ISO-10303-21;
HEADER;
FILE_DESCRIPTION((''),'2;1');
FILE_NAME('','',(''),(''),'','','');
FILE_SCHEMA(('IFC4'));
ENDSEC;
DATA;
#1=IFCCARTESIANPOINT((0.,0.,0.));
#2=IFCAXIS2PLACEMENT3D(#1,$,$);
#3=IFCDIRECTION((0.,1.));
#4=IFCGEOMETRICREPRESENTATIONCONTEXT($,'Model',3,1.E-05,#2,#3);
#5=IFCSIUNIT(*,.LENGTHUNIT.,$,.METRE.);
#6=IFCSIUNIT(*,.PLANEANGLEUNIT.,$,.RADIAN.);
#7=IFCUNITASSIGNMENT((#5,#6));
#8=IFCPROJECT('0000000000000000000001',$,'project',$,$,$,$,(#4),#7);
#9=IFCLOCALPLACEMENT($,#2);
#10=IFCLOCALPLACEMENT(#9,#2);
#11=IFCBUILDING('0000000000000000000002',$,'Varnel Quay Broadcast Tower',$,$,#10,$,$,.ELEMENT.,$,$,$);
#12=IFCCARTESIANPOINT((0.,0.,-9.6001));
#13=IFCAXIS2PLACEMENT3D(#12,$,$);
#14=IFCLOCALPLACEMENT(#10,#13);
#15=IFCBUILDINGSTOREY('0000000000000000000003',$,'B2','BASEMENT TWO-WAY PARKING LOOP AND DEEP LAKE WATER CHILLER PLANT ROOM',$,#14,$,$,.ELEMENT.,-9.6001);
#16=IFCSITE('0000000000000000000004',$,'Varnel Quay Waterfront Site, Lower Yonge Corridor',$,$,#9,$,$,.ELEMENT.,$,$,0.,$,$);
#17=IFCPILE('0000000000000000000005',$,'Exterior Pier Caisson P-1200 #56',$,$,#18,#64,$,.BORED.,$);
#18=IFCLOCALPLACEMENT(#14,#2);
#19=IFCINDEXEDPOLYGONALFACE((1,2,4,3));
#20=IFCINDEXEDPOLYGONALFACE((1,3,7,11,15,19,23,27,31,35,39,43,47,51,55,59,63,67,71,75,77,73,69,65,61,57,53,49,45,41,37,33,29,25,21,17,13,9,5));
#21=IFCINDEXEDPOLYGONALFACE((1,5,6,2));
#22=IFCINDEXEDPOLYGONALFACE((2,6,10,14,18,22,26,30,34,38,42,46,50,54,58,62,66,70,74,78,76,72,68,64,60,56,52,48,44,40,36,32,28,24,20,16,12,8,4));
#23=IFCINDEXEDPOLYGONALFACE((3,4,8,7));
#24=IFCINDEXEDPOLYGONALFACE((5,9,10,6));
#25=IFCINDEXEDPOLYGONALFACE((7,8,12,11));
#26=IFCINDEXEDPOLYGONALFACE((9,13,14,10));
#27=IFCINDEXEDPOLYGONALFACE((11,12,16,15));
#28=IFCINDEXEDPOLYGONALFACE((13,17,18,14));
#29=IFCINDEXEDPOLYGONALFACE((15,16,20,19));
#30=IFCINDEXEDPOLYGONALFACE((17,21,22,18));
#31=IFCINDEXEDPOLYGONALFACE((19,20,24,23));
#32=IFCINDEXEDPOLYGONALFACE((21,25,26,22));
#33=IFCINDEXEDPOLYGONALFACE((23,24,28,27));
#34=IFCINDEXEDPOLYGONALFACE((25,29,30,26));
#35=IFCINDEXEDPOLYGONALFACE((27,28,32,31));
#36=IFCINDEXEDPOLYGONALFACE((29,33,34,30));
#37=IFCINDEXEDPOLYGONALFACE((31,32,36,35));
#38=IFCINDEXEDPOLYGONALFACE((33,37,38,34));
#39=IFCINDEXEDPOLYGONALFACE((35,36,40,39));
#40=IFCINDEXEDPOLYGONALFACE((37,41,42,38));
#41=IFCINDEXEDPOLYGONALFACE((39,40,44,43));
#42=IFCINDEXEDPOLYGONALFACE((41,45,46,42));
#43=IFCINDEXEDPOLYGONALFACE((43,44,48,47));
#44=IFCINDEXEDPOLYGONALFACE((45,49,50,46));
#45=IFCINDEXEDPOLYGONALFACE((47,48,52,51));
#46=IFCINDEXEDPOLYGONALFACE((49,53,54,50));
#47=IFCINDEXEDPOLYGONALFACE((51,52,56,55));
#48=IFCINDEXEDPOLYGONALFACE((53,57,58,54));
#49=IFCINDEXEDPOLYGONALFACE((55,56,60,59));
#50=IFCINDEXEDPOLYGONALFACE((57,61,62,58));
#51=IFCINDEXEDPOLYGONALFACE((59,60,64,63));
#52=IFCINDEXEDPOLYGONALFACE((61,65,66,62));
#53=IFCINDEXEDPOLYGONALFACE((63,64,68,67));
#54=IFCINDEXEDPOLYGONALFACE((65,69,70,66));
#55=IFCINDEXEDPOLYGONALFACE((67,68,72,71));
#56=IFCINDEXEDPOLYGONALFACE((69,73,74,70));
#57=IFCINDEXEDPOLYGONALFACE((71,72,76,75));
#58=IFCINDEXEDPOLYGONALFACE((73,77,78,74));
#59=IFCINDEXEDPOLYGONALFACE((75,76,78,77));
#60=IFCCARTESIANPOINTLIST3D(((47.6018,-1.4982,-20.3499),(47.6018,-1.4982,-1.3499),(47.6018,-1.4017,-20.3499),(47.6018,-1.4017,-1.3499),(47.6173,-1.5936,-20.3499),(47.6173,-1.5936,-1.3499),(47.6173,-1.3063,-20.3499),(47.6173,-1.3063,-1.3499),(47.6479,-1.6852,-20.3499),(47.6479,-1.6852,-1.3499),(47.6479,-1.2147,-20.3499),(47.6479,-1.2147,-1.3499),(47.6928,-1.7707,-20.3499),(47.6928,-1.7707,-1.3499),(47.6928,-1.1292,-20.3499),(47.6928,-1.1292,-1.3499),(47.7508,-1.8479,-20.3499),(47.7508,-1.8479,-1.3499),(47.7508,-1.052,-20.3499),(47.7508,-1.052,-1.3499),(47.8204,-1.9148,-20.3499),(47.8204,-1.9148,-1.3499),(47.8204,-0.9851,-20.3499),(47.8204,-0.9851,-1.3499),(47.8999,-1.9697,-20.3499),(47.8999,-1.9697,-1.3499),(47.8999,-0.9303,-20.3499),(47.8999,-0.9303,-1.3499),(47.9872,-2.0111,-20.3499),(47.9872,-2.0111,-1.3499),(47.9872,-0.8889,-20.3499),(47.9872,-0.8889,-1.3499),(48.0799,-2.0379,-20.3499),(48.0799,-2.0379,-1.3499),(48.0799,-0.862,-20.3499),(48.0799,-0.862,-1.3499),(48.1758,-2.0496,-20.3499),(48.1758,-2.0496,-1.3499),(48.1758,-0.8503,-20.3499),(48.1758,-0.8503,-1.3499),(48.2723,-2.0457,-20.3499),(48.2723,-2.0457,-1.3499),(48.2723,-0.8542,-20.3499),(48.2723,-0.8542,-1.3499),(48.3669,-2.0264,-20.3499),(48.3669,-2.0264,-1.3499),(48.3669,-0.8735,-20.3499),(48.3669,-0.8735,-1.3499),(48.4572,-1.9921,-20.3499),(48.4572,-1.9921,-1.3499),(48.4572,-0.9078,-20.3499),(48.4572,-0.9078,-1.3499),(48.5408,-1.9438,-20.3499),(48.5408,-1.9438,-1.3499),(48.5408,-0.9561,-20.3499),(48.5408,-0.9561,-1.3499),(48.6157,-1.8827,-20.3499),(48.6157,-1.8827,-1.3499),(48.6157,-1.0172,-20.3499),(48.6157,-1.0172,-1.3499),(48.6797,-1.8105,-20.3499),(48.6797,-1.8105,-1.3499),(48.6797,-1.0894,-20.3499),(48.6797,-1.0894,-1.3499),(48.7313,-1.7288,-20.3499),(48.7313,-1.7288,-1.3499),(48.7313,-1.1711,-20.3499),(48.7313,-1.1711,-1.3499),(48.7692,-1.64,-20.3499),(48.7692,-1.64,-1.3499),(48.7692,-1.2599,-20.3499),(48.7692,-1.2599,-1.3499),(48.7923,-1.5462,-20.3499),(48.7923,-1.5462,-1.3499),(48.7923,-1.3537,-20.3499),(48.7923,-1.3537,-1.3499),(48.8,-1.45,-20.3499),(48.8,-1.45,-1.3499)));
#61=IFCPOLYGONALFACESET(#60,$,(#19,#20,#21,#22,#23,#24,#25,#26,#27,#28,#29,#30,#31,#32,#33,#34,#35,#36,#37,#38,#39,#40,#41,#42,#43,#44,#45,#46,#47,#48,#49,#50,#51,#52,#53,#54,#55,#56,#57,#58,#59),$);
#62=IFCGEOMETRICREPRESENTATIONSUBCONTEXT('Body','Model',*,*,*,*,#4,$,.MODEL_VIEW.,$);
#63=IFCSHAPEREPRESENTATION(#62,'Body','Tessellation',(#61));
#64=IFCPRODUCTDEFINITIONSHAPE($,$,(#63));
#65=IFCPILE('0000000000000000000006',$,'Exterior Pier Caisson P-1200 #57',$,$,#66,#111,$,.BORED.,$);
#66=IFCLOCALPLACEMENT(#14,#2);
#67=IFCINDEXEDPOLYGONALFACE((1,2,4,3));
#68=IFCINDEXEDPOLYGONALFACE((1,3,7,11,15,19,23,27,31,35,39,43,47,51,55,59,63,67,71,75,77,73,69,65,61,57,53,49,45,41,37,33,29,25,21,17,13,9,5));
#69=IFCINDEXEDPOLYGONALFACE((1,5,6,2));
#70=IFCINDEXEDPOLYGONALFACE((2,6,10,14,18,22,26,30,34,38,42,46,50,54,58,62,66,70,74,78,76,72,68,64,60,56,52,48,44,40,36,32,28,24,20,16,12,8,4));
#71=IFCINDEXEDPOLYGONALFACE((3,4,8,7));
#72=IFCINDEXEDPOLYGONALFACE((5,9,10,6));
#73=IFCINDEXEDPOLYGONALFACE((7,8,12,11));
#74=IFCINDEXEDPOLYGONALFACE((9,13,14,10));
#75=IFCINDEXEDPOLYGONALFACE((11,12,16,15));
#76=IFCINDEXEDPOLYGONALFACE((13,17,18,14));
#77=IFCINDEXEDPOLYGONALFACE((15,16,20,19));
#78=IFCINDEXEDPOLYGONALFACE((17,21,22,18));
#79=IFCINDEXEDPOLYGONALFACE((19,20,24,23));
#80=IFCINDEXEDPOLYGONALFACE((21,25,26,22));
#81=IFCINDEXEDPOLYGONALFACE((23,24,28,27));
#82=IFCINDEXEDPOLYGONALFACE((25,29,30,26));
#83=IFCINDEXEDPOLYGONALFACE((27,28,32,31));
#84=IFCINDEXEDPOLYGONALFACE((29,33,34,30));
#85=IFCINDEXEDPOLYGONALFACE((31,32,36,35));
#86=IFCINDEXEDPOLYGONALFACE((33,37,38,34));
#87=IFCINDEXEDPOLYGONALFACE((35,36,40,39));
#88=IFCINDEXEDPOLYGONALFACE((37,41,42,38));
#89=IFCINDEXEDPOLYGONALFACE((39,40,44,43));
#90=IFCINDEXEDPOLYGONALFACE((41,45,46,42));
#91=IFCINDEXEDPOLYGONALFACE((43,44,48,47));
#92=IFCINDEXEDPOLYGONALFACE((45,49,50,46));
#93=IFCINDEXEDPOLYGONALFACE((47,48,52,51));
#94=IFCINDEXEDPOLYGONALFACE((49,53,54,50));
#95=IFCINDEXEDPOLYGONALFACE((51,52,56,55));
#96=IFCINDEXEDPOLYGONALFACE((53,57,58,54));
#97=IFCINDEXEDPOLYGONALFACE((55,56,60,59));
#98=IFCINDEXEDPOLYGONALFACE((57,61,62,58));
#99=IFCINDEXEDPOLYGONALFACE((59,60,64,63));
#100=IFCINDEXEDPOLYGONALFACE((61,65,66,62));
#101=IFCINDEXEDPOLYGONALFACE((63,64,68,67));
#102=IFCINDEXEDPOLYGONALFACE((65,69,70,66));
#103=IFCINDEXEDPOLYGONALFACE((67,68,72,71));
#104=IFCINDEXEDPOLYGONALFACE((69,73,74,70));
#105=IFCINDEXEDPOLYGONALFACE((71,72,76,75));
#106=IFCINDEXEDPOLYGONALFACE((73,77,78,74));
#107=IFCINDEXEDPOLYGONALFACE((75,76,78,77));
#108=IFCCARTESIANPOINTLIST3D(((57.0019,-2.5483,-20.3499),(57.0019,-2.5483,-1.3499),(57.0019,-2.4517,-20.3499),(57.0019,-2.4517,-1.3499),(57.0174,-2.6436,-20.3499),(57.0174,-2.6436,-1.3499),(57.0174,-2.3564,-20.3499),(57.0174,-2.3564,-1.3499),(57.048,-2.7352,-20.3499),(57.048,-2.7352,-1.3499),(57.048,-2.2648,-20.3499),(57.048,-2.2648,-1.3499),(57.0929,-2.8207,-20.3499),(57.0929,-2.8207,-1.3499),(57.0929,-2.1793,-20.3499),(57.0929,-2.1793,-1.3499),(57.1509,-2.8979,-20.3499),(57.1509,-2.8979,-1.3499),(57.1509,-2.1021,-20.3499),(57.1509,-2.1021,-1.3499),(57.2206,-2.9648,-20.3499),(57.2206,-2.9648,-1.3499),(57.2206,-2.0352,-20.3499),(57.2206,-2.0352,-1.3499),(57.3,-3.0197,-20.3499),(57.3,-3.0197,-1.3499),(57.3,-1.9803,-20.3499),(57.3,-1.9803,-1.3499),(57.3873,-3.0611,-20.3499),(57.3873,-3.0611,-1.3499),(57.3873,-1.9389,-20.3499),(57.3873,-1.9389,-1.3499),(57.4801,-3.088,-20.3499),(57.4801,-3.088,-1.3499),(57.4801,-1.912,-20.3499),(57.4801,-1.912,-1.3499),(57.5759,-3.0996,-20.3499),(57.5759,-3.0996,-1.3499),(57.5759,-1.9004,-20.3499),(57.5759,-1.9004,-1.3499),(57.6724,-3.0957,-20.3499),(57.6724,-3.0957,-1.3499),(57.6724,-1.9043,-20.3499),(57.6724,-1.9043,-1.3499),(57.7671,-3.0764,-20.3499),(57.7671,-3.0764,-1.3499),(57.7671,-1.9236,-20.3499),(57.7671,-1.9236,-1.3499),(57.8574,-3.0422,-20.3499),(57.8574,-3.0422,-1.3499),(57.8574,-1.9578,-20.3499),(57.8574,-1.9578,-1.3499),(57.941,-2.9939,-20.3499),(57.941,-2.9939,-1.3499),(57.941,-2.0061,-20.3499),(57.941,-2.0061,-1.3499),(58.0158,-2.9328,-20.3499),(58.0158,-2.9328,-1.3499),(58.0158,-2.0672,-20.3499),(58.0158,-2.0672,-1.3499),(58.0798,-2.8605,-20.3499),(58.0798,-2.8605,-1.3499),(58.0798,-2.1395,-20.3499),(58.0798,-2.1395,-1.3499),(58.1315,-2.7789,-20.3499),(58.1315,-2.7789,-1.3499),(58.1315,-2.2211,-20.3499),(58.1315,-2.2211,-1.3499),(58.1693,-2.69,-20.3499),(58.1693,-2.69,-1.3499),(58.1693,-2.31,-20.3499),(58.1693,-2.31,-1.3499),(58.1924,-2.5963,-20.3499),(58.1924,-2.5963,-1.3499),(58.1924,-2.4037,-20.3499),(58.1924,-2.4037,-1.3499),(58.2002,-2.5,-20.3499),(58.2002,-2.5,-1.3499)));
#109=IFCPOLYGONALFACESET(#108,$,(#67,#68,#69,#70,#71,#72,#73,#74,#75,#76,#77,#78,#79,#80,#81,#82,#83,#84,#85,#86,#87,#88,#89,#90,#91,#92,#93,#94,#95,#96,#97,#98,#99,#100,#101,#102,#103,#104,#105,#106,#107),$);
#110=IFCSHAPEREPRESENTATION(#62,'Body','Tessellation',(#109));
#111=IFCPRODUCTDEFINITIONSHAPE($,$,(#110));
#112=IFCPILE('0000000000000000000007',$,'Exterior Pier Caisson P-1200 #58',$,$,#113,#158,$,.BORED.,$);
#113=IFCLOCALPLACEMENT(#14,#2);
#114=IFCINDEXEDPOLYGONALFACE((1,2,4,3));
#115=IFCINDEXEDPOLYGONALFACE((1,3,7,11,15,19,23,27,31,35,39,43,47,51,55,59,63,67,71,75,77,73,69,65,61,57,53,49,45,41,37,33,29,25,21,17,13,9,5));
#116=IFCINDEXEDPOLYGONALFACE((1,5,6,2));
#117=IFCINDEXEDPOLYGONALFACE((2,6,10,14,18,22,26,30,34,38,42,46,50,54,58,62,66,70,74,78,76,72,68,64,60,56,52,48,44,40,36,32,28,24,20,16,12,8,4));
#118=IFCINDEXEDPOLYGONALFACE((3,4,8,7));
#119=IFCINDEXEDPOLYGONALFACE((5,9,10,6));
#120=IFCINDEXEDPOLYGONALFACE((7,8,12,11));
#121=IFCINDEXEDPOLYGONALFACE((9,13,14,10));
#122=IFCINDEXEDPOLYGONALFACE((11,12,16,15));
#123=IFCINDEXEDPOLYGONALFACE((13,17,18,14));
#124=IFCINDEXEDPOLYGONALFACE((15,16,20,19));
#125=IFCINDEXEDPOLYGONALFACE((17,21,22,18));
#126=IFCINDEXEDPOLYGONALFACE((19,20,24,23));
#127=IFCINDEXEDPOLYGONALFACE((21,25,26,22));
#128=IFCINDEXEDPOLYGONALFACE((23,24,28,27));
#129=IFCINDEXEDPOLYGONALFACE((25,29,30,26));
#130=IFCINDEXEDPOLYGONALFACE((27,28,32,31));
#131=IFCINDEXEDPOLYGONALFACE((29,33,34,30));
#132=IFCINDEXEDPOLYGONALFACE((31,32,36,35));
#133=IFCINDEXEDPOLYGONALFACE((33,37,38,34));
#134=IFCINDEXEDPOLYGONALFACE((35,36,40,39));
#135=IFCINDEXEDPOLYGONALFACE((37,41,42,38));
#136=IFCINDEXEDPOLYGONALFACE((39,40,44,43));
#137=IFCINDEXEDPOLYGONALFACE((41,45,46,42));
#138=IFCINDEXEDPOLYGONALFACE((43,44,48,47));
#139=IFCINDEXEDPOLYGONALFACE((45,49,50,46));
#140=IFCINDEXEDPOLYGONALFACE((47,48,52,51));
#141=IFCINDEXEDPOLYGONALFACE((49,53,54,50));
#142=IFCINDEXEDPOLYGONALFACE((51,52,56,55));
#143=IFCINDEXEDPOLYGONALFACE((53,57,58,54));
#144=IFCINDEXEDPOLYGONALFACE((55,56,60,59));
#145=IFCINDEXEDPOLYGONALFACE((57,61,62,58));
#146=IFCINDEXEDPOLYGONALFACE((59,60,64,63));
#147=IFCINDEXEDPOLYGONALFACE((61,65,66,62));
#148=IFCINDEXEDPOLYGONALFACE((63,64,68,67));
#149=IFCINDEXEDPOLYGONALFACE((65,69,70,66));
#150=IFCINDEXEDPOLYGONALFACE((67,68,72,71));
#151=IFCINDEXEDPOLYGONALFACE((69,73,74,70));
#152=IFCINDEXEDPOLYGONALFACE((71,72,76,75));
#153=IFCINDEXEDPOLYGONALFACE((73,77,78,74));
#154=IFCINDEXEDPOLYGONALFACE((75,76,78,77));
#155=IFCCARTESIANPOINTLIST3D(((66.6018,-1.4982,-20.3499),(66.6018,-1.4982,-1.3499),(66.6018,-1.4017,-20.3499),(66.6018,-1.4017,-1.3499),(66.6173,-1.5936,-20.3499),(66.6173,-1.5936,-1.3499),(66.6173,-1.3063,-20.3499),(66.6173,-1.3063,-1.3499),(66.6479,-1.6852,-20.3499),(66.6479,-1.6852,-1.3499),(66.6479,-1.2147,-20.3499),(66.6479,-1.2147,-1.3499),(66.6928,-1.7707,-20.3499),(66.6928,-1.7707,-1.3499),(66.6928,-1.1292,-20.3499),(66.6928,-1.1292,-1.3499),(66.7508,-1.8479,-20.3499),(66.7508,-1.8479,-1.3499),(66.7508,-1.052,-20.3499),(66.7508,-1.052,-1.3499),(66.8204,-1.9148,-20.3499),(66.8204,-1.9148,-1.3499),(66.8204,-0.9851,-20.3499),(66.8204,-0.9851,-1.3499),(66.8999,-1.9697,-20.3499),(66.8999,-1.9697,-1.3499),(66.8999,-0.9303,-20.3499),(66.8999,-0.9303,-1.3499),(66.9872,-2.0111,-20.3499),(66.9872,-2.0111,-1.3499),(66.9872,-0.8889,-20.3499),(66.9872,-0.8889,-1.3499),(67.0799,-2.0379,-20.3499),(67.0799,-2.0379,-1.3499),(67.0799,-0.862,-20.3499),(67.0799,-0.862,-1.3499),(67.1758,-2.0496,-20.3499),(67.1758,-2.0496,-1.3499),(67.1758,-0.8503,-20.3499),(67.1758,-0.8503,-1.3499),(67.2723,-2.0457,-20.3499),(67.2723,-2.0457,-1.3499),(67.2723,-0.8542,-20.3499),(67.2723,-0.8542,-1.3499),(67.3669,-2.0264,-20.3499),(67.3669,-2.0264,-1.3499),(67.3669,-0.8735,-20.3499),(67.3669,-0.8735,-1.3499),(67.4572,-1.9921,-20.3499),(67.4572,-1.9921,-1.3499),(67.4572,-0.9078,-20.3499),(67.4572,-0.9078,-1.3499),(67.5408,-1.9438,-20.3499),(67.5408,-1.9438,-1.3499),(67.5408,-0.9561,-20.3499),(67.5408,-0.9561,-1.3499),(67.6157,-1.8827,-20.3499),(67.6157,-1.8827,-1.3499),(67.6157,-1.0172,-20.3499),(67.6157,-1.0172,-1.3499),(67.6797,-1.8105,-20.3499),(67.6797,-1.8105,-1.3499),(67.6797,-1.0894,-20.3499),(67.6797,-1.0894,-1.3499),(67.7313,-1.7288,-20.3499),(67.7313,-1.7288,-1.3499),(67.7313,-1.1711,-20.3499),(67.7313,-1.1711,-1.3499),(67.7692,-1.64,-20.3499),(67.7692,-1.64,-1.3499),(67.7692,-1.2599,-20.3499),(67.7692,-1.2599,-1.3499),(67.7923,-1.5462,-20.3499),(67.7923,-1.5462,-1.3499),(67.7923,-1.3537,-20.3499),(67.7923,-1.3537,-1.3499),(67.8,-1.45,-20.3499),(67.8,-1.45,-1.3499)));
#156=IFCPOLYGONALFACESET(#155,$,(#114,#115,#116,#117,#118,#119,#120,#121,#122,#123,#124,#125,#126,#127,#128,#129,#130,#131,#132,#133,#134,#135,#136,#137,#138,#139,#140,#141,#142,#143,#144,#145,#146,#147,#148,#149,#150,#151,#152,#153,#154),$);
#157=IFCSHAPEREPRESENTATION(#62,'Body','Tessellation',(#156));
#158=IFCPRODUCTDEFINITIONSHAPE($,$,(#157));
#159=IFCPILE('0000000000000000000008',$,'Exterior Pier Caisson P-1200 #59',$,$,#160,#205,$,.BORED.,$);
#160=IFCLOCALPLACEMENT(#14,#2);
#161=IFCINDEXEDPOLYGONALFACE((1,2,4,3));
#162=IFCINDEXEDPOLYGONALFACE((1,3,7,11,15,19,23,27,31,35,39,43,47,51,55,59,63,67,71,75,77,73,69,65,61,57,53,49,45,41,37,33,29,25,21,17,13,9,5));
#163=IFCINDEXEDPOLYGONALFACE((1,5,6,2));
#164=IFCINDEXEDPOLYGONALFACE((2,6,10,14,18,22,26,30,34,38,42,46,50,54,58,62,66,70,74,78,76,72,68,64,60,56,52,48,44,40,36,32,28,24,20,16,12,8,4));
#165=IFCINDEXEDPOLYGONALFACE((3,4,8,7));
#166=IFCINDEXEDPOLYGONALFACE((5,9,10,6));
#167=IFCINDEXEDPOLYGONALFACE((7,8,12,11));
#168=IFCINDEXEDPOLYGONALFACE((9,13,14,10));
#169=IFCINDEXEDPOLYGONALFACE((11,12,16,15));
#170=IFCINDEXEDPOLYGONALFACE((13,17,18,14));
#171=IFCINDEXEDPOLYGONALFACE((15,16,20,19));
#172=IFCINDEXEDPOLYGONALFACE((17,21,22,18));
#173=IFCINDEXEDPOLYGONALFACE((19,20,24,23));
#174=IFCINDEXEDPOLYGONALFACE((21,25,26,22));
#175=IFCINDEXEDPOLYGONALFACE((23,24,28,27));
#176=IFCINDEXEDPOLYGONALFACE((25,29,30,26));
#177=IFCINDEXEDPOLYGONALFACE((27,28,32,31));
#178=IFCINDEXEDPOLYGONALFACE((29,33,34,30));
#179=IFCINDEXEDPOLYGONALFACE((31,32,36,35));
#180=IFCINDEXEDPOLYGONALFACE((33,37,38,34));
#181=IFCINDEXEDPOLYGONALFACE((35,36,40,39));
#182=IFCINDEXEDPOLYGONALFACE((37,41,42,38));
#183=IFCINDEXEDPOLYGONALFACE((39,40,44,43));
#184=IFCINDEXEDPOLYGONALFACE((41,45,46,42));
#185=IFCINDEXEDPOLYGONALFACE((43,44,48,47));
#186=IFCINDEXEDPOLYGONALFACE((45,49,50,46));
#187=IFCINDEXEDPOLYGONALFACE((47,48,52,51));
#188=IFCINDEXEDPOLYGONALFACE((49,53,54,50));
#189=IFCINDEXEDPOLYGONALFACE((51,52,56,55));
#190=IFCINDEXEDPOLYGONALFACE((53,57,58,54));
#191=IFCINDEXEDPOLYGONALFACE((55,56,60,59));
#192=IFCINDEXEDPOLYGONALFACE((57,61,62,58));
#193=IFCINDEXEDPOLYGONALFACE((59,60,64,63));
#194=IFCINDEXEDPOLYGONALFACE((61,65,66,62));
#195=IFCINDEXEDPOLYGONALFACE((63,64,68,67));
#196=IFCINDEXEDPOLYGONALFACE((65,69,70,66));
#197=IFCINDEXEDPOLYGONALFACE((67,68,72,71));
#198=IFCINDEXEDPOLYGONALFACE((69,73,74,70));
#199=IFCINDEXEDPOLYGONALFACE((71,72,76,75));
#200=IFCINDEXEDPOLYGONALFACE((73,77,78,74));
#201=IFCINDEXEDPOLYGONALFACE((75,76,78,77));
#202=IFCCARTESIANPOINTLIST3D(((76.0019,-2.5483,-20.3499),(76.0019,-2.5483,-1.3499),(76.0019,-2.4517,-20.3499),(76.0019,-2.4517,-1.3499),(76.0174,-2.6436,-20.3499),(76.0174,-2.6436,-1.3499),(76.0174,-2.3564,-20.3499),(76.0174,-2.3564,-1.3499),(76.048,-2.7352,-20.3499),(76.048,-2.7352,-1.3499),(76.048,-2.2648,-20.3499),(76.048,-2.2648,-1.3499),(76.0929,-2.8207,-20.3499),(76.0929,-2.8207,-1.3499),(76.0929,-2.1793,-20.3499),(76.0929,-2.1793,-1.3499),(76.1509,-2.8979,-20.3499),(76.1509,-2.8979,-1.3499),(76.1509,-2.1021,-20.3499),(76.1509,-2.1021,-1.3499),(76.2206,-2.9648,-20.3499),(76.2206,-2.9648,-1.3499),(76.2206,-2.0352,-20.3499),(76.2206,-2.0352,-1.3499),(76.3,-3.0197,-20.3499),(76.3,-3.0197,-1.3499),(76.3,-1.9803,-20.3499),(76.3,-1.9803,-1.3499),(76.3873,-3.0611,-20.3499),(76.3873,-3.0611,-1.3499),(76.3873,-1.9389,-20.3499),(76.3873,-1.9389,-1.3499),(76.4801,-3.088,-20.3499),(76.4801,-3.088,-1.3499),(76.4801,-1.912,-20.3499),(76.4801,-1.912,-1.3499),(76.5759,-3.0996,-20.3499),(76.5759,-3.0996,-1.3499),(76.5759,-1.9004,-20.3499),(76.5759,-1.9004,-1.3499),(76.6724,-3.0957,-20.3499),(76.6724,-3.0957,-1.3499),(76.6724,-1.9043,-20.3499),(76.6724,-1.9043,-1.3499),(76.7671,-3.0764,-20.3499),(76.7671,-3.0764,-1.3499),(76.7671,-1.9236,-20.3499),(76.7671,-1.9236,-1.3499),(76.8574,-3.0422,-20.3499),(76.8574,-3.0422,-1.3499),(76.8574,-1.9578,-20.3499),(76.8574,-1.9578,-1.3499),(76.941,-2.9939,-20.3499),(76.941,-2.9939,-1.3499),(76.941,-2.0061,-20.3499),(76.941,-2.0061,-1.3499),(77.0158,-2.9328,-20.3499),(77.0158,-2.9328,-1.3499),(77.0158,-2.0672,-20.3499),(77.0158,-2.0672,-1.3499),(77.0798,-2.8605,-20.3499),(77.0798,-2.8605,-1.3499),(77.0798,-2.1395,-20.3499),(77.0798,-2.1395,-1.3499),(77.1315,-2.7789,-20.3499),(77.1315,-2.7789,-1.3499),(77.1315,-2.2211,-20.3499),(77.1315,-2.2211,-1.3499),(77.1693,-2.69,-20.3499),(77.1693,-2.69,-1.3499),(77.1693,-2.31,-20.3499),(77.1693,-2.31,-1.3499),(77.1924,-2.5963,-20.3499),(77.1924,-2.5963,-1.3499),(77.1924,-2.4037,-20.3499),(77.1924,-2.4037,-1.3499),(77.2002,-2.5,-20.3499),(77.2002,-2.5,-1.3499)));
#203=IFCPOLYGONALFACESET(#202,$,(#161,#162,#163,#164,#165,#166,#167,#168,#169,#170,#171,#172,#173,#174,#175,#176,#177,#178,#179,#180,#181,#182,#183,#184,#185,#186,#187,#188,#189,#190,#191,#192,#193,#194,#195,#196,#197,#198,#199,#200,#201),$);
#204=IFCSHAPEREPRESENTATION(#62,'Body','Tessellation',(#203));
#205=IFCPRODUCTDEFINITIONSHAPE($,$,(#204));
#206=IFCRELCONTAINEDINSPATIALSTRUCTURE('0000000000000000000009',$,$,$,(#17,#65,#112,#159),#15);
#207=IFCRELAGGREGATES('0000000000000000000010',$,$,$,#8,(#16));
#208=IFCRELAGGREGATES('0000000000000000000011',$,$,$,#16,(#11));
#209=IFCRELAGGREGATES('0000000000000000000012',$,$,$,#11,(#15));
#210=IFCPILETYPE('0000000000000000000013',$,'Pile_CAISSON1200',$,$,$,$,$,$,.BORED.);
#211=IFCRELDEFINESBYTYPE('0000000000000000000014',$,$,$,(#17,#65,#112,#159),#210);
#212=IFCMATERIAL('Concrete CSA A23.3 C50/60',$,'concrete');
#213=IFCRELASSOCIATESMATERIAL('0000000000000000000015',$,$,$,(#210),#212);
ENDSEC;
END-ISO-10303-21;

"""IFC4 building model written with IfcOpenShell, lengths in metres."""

from ifc_helpers import new_model, si_unit, direction, frame, origin, origin_2d, place, context, subcontext, project, spatial, circle, extrude, source, transform, mapped, material, material_profile, profile_set, type_object, element, save


model = new_model("IFC4")

# Units and contexts
model_context = context("Model", 3, precision=1e-05, world=origin(), true_north=direction((0.0, 1.0)))
body_context = subcontext(model_context, "Body", "Model", "MODEL_VIEW")
ifc_project = project(units=[si_unit("LENGTHUNIT", "METRE"), si_unit("PLANEANGLEUNIT", "RADIAN")], contexts=[model_context])

# Site, building, storey
site_placement = place(None, origin())
site = spatial("IfcSite", under=ifc_project, at=site_placement, Name="Varnel Quay Waterfront Site, Lower Yonge Corridor", CompositionType="ELEMENT", RefElevation=0.0)
building_placement = place(site_placement, origin())
building = spatial("IfcBuilding", under=site, at=building_placement, Name="Varnel Quay Broadcast Tower", CompositionType="ELEMENT")
storey_placement = place(building_placement, frame((0.0, 0.0, -9.6001)))
storey = spatial("IfcBuildingStorey", under=building, at=storey_placement, Name="B2", Description="BASEMENT TWO-WAY PARKING LOOP AND DEEP LAKE WATER CHILLER PLANT ROOM", CompositionType="ELEMENT", Elevation=-9.6001)

# Shared definitions
ifc_material_1 = material(Name="Concrete CSA A23.3 C50/60", Category="concrete")
ifc_material_profile_1 = material_profile(ifc_material_1, circle(Radius=0.6001, at=origin_2d()), Name="CAISSON1200")
ifc_profile_set_1 = profile_set([ifc_material_profile_1], Name="Concrete CSA A23.3 C50/60")
pile_type = type_object("IfcPileType", Name="Pile_CAISSON1200", PredefinedType="BORED", material=ifc_profile_set_1)

# Piles
shared_shape_1 = source(origin(), body_context, "Body", "SweptSolid", [
    extrude(circle(Radius=0.6001, at=origin_2d()), origin(), (0.0, 0.0, 1.0), 19.0),
])
for number, where, z_axis, x_axis, name in (
    (1, (48.2, -1.45, -1.3499), (0.0, 0.0, -1.0), (1.0, 0.0, 0.0), "Exterior Pier Caisson P-1200 #56"),
    (2, (57.6001, -2.5, -1.3499), (0.0, 0.0, -1.0), (1.0, 0.0, 0.0), "Exterior Pier Caisson P-1200 #57"),
    (3, (67.2, -1.45, -1.3499), (0.0, 0.0, -1.0), (1.0, 0.0, 0.0), "Exterior Pier Caisson P-1200 #58"),
    (4, (76.6001, -2.5, -1.3499), (0.0, 0.0, -1.0), (1.0, 0.0, 0.0), "Exterior Pier Caisson P-1200 #59"),
):
    element("IfcPile", number, at=place(storey_placement, frame(where, z_axis=z_axis, x_axis=x_axis)), inside=storey, type_object=pile_type, Name=name, PredefinedType="BORED", context=body_context, shape_type="MappedRepresentation", body=[
        mapped(shared_shape_1, transform((0.0, 0.0, 0.0), x_axis=(1.0, 0.0, 0.0), y_axis=(0.0, 1.0, 0.0), z_axis=(0.0, 0.0, 1.0), scale=1.0)),
    ])

save(model, "model.ifc")
